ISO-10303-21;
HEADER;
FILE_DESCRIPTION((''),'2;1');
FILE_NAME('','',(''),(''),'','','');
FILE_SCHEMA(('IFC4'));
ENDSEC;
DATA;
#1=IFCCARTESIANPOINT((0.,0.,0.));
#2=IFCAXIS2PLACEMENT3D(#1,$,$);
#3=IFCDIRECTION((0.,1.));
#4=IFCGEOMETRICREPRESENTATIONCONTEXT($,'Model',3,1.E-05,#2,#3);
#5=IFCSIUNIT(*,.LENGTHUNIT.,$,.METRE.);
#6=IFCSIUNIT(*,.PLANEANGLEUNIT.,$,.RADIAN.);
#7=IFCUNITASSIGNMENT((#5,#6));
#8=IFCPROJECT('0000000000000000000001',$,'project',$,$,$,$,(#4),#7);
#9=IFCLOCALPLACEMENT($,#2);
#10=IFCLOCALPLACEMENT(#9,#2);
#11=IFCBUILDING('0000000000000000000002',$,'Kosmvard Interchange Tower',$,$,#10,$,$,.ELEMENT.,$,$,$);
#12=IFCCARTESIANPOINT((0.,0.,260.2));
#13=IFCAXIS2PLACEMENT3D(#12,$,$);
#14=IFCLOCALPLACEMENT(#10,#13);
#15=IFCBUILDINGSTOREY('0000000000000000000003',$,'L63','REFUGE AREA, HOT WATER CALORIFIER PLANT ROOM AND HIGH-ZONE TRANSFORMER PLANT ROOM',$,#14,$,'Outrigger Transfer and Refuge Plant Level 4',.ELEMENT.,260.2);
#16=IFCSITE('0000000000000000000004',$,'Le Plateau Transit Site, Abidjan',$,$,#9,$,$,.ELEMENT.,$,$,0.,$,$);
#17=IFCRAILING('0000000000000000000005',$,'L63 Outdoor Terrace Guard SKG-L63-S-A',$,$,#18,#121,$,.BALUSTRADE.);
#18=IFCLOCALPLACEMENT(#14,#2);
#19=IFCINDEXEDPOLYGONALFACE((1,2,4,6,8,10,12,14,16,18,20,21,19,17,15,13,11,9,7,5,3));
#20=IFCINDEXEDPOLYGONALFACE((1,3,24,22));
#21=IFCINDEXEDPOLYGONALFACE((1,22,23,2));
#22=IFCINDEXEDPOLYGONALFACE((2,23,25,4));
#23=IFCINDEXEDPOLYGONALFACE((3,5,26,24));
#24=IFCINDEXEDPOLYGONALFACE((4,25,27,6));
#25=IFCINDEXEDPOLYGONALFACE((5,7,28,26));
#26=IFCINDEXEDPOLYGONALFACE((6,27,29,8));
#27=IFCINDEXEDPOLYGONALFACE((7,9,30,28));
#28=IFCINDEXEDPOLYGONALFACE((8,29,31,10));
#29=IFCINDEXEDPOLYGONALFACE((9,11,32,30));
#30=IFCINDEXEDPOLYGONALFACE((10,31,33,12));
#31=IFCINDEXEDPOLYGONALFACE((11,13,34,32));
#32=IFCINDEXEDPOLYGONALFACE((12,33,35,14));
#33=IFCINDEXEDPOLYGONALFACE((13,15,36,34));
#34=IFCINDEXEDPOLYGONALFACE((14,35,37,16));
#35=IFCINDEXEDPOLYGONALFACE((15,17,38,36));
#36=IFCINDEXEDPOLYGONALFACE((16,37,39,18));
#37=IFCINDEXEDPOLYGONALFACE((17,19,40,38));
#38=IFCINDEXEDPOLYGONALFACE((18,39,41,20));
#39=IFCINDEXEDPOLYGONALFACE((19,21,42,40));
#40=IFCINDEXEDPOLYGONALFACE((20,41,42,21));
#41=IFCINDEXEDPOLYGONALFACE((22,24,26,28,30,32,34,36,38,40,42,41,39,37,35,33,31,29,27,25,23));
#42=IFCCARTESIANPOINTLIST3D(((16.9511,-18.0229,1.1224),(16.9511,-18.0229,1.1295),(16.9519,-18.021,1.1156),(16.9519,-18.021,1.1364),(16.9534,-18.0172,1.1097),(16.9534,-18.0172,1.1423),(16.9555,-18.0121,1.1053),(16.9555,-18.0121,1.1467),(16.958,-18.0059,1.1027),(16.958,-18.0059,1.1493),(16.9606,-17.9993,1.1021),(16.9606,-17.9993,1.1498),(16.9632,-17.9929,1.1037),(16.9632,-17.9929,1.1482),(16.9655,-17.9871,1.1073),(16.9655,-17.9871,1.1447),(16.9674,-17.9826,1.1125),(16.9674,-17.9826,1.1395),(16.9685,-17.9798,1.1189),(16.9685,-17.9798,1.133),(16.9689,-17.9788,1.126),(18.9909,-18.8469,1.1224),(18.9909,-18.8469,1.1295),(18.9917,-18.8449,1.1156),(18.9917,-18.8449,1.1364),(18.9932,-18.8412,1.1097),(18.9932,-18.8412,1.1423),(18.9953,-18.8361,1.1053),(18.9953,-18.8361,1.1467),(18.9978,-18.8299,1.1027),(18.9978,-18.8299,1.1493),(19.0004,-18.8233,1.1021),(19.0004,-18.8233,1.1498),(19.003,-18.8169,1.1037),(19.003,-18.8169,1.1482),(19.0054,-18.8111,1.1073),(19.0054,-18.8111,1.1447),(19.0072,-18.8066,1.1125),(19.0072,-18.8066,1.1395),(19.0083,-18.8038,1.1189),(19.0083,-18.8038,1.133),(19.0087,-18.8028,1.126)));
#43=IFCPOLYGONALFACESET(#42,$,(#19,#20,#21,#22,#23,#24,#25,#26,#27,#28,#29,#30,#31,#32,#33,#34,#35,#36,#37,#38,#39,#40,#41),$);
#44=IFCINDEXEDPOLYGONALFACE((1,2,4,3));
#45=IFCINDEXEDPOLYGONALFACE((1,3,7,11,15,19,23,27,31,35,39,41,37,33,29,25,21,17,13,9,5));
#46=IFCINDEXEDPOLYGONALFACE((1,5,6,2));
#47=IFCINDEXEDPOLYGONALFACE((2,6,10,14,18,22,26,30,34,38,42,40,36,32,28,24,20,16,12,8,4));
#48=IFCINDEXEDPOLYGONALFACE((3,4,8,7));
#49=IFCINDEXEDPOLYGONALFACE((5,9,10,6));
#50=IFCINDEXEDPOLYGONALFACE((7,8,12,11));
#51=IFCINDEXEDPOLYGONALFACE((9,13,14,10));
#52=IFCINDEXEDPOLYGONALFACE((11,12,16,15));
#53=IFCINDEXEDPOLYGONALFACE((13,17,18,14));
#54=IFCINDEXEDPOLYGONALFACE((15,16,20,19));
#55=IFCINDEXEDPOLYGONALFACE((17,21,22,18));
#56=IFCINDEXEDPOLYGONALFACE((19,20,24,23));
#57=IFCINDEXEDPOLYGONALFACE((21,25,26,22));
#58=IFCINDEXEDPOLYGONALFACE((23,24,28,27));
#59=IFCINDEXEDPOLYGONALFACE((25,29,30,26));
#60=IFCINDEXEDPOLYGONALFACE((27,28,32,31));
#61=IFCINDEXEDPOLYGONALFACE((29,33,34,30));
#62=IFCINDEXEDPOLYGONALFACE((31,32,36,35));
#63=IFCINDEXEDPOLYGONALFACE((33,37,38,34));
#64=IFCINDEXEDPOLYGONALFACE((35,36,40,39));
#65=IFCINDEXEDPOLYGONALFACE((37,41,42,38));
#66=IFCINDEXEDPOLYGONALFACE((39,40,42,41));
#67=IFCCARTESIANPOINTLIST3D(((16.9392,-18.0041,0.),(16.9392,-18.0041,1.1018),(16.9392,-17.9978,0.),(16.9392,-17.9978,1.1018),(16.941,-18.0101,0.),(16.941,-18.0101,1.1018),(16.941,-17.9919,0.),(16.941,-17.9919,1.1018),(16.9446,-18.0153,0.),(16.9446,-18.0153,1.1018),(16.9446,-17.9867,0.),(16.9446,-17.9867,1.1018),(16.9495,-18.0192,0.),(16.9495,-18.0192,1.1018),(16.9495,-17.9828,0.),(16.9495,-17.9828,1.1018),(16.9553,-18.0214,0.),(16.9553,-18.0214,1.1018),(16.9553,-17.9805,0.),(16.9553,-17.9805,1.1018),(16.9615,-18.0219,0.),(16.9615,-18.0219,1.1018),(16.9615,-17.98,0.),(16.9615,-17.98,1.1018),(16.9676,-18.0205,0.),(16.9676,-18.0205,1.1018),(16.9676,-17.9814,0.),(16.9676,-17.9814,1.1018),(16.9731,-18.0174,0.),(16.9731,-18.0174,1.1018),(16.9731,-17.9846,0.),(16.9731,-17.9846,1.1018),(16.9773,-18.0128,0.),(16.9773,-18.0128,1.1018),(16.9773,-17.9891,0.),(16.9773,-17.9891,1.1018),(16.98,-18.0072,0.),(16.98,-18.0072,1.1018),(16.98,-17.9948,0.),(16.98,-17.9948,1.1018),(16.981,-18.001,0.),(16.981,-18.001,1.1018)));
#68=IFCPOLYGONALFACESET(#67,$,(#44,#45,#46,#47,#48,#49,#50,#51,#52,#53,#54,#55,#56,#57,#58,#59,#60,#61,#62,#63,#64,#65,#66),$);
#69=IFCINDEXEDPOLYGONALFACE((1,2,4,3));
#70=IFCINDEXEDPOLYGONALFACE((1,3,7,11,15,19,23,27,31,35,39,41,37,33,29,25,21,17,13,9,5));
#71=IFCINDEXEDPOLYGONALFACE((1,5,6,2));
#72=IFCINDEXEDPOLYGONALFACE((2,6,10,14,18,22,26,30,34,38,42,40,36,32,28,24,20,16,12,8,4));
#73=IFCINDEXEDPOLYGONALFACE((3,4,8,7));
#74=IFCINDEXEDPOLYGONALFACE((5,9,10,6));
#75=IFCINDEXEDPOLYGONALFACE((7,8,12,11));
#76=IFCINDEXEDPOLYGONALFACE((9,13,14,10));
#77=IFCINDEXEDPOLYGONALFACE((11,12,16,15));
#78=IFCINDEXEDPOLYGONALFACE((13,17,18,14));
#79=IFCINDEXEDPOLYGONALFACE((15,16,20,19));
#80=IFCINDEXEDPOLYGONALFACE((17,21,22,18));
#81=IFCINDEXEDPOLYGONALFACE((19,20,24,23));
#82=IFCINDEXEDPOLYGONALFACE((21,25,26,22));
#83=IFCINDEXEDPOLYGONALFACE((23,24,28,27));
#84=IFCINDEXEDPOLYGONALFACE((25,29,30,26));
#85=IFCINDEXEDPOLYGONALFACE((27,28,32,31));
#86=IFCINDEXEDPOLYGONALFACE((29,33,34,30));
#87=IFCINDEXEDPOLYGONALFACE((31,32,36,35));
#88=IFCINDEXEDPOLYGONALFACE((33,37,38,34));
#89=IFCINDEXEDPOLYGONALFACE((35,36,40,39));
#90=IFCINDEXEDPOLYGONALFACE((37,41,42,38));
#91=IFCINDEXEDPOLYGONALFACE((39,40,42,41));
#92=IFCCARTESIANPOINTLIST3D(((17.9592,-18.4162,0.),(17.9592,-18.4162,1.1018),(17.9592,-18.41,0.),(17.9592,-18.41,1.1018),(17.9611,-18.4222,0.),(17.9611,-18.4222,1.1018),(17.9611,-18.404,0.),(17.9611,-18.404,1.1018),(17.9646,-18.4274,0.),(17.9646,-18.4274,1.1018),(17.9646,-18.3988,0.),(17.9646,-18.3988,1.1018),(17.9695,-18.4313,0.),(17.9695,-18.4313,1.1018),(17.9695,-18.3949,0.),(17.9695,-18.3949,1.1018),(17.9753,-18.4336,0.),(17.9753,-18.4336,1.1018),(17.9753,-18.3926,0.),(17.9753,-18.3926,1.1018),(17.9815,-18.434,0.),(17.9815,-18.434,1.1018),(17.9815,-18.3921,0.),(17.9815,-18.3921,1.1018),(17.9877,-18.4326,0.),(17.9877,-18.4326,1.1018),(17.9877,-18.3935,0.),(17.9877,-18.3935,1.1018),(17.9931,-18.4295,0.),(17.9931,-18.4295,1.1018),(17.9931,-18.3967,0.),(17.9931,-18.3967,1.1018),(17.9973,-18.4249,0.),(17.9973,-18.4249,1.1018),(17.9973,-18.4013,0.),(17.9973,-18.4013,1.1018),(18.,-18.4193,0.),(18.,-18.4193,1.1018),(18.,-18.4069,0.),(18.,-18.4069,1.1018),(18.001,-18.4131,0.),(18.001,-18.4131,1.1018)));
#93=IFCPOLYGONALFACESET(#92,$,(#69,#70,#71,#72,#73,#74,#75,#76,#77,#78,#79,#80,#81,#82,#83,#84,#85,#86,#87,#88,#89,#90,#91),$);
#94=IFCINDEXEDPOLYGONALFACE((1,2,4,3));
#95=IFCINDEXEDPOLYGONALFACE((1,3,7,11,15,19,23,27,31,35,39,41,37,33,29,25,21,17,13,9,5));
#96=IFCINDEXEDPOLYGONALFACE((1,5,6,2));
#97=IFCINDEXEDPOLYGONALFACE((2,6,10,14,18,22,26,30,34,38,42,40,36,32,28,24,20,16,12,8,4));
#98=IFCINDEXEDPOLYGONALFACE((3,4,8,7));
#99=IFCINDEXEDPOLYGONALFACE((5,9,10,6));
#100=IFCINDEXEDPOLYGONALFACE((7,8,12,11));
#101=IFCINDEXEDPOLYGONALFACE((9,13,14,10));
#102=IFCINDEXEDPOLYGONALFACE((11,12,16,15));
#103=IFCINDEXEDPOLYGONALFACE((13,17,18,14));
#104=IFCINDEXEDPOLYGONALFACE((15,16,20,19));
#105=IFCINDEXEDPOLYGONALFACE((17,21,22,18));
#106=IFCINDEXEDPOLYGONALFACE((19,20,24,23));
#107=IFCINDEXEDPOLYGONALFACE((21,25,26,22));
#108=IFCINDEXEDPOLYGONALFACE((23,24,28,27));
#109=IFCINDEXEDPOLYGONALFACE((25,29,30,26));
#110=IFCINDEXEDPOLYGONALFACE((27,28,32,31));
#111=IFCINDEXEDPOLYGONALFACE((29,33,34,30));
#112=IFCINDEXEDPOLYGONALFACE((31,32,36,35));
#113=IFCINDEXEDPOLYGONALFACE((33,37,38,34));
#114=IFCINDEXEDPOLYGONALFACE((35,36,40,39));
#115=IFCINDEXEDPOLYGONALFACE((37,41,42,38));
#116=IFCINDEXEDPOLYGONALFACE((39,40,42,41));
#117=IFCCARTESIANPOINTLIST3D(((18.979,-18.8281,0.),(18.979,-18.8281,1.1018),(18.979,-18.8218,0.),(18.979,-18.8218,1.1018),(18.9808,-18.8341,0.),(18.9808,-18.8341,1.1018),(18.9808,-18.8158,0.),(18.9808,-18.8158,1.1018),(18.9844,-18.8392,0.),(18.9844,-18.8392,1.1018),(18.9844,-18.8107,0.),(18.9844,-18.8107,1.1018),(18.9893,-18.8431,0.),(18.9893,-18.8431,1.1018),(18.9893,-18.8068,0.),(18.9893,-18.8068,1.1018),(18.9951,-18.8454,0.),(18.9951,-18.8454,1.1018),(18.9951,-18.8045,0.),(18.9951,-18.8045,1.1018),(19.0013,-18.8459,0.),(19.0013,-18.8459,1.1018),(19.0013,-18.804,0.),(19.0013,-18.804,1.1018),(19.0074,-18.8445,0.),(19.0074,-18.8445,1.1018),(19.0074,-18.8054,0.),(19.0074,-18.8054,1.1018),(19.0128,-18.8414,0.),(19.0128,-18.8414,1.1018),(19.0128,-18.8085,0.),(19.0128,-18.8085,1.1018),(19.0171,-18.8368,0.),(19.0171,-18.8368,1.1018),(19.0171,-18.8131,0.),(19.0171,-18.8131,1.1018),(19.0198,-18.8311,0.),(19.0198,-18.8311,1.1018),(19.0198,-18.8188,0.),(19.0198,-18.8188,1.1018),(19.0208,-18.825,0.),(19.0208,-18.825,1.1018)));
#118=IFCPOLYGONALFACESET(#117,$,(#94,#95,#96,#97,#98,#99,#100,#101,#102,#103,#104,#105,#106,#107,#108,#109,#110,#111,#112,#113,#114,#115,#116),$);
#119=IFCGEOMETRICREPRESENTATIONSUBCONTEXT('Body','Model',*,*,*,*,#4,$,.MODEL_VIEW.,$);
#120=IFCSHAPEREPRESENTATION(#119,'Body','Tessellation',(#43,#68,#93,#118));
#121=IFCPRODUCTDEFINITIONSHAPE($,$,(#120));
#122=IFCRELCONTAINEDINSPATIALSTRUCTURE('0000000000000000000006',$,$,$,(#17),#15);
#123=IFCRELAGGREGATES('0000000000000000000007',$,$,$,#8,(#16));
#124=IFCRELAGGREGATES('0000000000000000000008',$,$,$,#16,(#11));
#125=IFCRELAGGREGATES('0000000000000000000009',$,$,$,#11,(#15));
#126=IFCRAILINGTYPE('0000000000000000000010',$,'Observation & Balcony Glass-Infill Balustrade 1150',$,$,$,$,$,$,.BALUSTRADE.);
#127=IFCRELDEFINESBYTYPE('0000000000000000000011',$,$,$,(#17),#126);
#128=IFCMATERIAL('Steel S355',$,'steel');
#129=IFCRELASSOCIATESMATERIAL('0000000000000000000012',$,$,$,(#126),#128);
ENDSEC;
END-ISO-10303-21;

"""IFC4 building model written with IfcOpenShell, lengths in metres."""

from ifc_helpers import new_model, si_unit, direction, frame, origin, origin_2d, place, context, subcontext, project, spatial, circle, extrude, source, transform, mapped, material, type_object, element, save


model = new_model("IFC4")

# Units and contexts
model_context = context("Model", 3, precision=1e-05, world=origin(), true_north=direction((0.0, 1.0)))
body_context = subcontext(model_context, "Body", "Model", "MODEL_VIEW")
ifc_project = project(units=[si_unit("LENGTHUNIT", "METRE"), si_unit("PLANEANGLEUNIT", "RADIAN")], contexts=[model_context])

# Site, building, storey
site_placement = place(None, origin())
site = spatial("IfcSite", under=ifc_project, at=site_placement, Name="Le Plateau Transit Site, Abidjan", CompositionType="ELEMENT", RefElevation=0.0)
building_placement = place(site_placement, origin())
building = spatial("IfcBuilding", under=site, at=building_placement, Name="Kosmvard Interchange Tower", CompositionType="ELEMENT")
storey_placement = place(building_placement, frame((0.0, 0.0, 260.2)))
storey = spatial("IfcBuildingStorey", under=building, at=storey_placement, Name="L63", Description="REFUGE AREA, HOT WATER CALORIFIER PLANT ROOM AND HIGH-ZONE TRANSFORMER PLANT ROOM", LongName="Outrigger Transfer and Refuge Plant Level 4", CompositionType="ELEMENT", Elevation=260.2)

# Shared definitions
ifc_material_1 = material(Name="Steel S355", Category="steel")

# Railing
railing_type = type_object("IfcRailingType", Name="Observation & Balcony Glass-Infill Balustrade 1150", PredefinedType="BALUSTRADE", material=ifc_material_1)
shared_shape_1 = source(origin(), body_context, "Body", "SweptSolid", [
    extrude(circle(Radius=0.0239, at=origin_2d()), frame((0.0, 0.0, 1.126), z_axis=(0.927208, -0.374546, 0.0), x_axis=(0.374546, 0.927208, 0.0)), (0.0, 0.0, 1.0), 2.2),
    extrude(circle(Radius=0.021, at=origin_2d()), origin(), (0.0, 0.0, 1.0), 1.1018),
    extrude(circle(Radius=0.021, at=origin_2d()), frame((1.02, -0.4121, 0.0)), (0.0, 0.0, 1.0), 1.1018),
    extrude(circle(Radius=0.021, at=origin_2d()), frame((2.0398, -0.824, 0.0)), (0.0, 0.0, 1.0), 1.1018),
])
railing_1_placement = place(storey_placement, frame((16.96, -18.001, 0.0)))
element("IfcRailing", 1, at=railing_1_placement, inside=storey, type_object=railing_type, Name="L63 Outdoor Terrace Guard SKG-L63-S-A", PredefinedType="BALUSTRADE", context=body_context, shape_type="MappedRepresentation", body=[
    mapped(shared_shape_1, transform((0.0, 0.0, 0.0), scale=1.0)),
])

save(model, "model.ifc")
